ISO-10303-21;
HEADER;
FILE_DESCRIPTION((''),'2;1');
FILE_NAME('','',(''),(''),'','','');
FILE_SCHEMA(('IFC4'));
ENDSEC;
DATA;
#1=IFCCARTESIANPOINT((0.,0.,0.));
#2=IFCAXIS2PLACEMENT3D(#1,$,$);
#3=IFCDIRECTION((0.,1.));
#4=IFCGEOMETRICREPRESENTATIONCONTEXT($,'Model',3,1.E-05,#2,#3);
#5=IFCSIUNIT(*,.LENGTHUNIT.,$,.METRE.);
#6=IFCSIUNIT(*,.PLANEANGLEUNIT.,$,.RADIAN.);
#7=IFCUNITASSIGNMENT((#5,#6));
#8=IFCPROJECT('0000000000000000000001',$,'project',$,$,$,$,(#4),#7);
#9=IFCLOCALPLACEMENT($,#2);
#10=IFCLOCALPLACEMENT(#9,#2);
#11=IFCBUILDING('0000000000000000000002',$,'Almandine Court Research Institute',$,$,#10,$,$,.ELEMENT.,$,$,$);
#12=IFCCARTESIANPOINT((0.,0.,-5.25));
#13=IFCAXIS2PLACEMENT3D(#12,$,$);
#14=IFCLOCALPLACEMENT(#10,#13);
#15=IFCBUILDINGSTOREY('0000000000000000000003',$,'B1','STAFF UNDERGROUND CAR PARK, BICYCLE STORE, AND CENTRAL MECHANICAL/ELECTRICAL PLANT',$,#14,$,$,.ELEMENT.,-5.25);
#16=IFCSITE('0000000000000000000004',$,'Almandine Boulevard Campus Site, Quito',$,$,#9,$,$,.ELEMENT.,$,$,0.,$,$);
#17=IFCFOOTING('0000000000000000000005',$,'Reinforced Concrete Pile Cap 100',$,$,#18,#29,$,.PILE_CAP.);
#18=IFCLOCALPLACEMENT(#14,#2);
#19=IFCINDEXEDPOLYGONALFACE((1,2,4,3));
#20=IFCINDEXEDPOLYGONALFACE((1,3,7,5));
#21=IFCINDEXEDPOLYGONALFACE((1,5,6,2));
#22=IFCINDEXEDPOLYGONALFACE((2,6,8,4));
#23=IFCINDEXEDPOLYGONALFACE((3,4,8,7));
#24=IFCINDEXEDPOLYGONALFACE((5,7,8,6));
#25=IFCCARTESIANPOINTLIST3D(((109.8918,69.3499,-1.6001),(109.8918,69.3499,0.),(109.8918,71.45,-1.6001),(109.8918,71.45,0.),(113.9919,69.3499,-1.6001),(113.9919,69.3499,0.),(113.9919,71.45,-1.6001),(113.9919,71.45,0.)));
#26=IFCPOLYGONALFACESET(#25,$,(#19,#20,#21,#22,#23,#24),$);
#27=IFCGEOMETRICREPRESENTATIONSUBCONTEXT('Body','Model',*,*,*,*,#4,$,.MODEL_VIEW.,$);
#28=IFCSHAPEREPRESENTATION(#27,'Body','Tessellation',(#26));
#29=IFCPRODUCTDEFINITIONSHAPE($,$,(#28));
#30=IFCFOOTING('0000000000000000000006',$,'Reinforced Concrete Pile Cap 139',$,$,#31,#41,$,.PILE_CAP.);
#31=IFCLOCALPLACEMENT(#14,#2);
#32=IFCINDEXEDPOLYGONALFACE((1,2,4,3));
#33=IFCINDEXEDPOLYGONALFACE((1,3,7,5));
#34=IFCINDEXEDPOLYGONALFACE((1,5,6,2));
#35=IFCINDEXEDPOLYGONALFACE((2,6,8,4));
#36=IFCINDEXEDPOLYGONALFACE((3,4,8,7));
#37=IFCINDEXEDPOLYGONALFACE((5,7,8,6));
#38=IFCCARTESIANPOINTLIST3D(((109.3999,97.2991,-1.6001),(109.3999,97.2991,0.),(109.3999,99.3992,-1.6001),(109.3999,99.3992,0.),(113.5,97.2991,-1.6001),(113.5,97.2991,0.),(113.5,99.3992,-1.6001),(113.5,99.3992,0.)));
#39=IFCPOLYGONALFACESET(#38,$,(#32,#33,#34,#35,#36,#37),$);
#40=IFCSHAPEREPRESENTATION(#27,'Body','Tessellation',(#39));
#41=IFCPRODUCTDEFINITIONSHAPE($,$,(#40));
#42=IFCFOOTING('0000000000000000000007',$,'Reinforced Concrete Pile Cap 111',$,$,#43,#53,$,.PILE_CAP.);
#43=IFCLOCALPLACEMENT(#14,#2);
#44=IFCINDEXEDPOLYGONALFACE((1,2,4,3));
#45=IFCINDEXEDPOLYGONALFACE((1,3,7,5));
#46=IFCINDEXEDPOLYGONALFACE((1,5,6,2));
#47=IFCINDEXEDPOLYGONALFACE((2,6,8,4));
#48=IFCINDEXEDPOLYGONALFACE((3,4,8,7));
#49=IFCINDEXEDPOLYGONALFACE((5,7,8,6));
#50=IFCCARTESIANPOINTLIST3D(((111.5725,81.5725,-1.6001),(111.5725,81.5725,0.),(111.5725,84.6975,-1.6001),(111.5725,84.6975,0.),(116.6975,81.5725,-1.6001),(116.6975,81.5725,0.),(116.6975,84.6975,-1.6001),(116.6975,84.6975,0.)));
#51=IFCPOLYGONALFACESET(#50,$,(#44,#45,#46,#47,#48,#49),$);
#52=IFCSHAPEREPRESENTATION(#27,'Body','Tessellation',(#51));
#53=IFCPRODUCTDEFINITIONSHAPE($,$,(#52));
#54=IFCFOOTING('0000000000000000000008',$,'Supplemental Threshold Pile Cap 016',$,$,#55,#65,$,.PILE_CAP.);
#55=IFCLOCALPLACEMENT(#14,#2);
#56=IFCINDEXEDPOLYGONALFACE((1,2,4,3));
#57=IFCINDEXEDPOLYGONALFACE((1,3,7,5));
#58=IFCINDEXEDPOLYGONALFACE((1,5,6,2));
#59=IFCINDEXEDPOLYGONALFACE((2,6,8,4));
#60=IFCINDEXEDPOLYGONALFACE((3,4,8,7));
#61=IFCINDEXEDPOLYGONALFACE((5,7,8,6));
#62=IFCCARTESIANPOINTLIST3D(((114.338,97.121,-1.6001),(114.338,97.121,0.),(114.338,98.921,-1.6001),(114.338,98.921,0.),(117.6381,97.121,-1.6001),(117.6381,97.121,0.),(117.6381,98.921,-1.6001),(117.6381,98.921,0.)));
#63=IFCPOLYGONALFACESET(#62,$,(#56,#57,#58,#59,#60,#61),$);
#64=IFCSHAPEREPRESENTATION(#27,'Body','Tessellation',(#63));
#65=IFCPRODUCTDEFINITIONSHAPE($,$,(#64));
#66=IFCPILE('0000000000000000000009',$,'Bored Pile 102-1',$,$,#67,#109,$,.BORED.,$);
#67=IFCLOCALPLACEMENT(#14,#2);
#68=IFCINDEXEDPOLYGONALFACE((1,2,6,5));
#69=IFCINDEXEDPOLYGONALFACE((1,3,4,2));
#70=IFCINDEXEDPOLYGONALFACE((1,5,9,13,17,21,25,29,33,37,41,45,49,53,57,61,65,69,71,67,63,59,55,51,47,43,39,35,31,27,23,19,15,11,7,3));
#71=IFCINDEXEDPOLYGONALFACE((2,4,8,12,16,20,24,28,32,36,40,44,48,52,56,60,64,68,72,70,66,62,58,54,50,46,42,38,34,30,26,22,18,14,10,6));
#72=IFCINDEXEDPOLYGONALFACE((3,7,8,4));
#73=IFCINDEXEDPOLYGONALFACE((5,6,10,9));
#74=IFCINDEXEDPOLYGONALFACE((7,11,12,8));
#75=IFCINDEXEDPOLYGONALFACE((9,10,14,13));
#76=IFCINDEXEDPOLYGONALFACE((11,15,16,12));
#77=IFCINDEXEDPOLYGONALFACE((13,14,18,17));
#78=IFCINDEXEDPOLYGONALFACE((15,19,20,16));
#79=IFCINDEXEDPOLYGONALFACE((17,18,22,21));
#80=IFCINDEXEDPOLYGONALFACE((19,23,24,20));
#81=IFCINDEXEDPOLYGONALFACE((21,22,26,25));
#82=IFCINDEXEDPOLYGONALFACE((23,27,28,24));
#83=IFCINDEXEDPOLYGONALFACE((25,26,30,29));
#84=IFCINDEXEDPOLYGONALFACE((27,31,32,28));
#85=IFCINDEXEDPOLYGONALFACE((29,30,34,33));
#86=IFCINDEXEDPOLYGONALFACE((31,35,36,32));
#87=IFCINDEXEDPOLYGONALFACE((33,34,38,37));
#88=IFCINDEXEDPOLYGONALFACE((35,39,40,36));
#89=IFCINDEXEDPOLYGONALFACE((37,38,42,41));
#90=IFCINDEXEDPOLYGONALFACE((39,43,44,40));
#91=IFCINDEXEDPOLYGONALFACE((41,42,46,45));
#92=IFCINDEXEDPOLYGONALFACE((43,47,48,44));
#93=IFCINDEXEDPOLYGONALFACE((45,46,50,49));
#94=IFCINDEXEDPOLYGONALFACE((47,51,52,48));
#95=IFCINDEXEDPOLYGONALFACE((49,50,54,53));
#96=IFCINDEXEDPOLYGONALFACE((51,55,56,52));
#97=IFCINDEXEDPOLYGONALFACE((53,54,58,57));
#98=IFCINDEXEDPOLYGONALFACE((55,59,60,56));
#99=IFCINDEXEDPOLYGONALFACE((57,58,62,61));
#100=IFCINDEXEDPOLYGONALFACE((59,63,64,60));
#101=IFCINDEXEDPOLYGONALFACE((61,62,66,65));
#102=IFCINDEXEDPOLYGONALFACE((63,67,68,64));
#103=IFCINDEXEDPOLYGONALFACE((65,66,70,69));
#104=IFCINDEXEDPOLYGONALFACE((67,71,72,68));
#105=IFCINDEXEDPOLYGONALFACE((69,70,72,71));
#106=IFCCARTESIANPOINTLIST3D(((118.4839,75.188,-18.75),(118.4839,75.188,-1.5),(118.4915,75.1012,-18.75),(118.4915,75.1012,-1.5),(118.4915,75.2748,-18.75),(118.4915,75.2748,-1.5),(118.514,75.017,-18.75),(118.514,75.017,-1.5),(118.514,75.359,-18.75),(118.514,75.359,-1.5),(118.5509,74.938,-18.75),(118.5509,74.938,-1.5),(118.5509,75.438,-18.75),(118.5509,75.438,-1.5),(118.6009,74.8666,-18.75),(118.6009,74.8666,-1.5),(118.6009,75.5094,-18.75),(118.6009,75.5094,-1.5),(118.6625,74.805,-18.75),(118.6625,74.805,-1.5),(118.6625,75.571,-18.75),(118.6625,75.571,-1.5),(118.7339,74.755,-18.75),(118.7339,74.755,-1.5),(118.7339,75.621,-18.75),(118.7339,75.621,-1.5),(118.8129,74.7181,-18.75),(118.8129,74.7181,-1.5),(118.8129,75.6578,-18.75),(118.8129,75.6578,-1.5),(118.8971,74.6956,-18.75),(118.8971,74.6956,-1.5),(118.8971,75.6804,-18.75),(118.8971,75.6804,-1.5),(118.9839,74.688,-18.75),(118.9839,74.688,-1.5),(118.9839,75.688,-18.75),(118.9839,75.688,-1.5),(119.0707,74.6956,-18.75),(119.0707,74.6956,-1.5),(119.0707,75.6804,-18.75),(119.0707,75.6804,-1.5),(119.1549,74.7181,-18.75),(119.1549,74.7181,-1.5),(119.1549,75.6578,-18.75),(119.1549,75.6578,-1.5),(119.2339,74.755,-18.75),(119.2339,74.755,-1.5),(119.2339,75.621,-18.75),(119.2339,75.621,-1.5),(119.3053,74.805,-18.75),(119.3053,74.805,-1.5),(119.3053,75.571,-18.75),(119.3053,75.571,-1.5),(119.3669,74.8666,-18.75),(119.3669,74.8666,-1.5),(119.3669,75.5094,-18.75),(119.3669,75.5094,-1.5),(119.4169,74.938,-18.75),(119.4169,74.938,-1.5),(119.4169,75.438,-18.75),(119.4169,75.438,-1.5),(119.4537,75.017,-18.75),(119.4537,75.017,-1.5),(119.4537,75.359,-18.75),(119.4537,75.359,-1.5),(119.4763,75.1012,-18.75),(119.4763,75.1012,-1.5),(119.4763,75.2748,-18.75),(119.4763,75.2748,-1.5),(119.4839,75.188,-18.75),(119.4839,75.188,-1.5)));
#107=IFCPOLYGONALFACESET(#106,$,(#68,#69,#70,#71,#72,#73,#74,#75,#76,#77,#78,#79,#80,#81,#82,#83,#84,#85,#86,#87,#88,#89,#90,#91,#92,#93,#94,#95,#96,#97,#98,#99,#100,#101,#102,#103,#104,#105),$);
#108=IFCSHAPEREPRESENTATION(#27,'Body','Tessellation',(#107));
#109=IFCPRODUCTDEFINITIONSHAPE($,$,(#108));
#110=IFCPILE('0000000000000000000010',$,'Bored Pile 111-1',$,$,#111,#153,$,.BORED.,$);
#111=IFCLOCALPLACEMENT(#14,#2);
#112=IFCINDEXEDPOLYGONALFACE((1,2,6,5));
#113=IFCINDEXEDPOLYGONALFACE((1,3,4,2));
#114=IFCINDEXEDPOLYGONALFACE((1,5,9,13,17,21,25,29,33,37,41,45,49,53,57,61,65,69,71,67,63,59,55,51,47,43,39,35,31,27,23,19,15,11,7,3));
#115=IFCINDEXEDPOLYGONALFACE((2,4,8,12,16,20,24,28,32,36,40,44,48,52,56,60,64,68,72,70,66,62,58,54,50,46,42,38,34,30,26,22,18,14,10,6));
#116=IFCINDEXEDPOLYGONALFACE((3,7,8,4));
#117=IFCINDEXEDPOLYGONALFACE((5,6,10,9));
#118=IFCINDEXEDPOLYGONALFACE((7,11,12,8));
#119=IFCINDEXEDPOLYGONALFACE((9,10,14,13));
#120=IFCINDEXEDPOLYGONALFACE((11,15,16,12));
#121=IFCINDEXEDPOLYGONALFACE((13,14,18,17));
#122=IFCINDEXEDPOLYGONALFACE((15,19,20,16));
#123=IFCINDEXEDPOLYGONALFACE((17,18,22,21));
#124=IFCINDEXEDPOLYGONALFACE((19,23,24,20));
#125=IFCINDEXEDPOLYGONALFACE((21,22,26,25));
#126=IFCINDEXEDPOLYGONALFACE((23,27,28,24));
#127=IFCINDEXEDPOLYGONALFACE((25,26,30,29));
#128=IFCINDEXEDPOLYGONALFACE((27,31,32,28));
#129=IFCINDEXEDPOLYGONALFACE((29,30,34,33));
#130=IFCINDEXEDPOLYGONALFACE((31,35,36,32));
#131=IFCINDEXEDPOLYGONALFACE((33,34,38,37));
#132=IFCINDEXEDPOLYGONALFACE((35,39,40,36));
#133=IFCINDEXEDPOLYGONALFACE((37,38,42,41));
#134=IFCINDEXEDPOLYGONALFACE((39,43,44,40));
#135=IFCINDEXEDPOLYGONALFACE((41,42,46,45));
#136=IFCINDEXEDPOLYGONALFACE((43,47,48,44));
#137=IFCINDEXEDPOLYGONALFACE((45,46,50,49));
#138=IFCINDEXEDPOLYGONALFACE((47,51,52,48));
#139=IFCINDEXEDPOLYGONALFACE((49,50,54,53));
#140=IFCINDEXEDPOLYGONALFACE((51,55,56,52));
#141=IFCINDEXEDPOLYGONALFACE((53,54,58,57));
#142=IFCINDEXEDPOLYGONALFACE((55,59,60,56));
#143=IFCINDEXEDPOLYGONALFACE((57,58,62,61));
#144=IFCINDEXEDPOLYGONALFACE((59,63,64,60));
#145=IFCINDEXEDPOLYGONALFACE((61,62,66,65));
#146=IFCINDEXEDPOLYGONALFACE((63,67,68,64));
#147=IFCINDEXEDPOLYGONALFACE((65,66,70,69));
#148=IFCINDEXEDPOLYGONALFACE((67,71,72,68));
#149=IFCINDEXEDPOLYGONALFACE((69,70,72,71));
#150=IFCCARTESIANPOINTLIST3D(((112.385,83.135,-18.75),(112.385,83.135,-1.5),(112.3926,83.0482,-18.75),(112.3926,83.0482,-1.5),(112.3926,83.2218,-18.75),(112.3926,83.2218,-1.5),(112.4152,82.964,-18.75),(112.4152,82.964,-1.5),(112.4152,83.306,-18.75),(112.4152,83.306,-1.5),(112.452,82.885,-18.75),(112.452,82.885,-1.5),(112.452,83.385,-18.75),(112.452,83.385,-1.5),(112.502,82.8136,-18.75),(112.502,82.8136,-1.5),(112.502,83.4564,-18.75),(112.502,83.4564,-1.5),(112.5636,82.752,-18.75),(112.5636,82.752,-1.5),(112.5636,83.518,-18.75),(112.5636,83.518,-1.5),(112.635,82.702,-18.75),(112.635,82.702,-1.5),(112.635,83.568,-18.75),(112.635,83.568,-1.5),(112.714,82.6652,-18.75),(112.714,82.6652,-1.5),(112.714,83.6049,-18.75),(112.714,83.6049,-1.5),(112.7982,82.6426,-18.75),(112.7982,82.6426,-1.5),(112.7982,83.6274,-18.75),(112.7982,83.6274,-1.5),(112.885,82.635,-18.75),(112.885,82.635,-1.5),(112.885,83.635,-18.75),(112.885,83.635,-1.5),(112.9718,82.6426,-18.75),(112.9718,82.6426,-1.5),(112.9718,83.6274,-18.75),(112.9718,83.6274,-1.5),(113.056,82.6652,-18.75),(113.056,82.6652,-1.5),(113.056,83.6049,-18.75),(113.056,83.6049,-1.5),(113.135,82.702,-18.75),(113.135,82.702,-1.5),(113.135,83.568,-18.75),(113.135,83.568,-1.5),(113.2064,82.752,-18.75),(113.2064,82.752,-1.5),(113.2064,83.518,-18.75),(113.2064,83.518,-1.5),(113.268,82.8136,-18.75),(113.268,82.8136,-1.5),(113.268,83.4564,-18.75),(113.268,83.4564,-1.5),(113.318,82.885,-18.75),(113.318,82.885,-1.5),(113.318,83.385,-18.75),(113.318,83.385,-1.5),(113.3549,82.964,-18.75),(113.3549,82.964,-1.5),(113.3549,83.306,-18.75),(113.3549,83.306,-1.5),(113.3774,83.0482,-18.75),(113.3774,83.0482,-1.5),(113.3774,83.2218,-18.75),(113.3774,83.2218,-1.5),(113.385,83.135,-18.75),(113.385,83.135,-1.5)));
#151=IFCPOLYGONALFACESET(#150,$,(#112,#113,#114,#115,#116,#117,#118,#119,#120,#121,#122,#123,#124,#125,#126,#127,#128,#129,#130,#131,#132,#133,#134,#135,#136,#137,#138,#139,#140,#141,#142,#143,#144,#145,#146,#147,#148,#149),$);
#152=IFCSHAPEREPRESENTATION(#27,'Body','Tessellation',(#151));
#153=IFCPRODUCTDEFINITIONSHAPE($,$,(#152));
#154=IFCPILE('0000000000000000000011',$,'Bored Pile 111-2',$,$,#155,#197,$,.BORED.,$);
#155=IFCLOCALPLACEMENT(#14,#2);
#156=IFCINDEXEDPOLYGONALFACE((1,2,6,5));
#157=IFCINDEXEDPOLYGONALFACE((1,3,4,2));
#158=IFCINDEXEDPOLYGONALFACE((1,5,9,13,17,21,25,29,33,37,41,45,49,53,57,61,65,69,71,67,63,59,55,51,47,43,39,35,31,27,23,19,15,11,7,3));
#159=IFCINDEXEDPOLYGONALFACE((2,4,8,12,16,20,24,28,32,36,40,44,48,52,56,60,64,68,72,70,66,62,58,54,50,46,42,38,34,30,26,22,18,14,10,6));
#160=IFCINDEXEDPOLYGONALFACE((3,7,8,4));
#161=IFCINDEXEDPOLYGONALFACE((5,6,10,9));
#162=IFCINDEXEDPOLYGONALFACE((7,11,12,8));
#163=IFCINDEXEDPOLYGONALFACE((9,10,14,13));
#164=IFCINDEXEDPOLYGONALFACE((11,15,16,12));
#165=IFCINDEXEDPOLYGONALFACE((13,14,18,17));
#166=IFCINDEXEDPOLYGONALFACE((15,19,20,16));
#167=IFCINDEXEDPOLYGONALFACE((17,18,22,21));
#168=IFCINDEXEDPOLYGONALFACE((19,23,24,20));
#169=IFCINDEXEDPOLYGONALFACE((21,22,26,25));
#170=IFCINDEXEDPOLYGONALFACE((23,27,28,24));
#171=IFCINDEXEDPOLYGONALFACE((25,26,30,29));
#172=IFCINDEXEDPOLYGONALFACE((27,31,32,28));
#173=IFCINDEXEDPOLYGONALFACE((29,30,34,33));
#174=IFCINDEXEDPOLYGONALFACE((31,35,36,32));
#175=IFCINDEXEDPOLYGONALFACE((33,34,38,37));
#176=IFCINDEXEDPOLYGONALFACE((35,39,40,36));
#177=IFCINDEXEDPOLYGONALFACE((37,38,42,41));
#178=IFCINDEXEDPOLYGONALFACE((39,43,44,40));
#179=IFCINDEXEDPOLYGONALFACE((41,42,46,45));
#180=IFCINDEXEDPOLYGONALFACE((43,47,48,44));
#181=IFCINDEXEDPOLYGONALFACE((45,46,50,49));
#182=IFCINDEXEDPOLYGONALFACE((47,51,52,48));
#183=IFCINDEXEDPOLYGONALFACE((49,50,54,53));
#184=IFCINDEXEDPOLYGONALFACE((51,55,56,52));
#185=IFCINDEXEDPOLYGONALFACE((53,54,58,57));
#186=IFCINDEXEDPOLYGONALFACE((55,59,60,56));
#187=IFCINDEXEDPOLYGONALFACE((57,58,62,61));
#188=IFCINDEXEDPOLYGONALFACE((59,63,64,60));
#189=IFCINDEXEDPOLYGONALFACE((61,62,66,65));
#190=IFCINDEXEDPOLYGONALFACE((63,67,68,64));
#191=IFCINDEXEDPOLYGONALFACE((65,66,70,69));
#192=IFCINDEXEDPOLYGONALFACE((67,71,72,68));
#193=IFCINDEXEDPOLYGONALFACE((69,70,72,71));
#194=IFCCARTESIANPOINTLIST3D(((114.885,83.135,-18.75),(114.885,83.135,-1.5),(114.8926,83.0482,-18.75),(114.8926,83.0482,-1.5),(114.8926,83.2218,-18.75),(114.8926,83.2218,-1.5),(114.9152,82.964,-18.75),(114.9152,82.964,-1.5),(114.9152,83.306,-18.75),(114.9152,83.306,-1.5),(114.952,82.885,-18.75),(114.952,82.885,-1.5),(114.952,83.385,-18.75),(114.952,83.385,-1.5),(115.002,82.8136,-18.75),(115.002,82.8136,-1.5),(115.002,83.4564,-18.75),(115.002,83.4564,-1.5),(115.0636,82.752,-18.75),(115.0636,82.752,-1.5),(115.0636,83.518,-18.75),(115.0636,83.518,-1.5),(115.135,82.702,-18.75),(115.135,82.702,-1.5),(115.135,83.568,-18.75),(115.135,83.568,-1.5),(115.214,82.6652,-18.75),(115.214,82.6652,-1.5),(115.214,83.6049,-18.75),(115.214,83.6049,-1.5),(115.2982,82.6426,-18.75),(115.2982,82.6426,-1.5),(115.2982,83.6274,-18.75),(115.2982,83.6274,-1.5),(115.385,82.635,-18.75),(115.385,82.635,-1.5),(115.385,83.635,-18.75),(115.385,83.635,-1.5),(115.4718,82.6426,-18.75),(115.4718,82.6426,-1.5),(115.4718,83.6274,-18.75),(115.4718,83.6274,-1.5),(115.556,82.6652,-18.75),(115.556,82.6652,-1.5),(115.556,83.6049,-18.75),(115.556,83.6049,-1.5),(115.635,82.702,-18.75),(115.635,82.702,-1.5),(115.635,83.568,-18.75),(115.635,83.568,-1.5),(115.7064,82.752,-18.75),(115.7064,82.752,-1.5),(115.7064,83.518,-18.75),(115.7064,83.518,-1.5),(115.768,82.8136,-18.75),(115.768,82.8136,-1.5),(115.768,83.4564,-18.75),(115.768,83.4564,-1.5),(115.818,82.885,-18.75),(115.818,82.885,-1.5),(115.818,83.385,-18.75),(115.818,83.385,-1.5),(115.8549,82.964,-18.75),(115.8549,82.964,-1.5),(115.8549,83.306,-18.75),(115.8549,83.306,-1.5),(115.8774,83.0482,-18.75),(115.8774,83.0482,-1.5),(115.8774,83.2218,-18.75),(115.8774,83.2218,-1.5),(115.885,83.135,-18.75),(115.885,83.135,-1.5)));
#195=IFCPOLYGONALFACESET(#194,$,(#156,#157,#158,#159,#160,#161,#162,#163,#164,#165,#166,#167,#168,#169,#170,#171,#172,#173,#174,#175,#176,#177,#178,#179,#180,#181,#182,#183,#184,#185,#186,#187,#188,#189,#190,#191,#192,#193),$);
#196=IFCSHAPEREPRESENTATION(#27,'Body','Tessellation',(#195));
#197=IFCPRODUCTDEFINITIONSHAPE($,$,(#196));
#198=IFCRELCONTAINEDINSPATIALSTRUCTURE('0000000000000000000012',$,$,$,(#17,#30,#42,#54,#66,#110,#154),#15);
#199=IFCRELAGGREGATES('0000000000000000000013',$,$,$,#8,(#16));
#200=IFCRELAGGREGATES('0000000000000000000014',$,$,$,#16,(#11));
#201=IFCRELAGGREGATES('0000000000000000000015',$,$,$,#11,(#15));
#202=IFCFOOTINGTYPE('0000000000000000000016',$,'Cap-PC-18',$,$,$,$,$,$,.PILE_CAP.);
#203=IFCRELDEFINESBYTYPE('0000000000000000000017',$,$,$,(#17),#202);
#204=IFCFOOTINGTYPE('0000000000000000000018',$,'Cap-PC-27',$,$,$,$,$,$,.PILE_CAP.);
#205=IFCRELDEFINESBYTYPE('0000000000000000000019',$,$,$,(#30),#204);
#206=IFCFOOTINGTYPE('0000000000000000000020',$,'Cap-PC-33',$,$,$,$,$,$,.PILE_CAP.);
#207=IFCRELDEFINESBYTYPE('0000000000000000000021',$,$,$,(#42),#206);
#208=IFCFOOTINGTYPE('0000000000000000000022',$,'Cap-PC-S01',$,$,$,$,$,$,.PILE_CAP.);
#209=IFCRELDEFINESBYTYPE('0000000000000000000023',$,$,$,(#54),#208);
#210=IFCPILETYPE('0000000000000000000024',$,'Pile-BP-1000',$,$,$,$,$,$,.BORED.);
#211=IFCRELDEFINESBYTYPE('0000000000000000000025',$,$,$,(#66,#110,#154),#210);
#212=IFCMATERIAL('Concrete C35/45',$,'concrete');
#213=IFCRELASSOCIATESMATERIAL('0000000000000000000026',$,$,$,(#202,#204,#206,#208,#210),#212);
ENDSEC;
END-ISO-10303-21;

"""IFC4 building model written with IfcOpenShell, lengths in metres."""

from ifc_helpers import new_model, si_unit, direction, frame, origin, origin_2d, place, context, subcontext, project, spatial, rectangle, circle, extrude, material, material_profile, profile_set, type_object, element, save


model = new_model("IFC4")

# Units and contexts
model_context = context("Model", 3, precision=1e-05, world=origin(), true_north=direction((0.0, 1.0)))
body_context = subcontext(model_context, "Body", "Model", "MODEL_VIEW")
ifc_project = project(units=[si_unit("LENGTHUNIT", "METRE"), si_unit("PLANEANGLEUNIT", "RADIAN")], contexts=[model_context])

# Site, building, storey
site_placement = place(None, origin())
site = spatial("IfcSite", under=ifc_project, at=site_placement, Name="Almandine Boulevard Campus Site, Quito", CompositionType="ELEMENT", RefElevation=0.0)
building_placement = place(site_placement, origin())
building = spatial("IfcBuilding", under=site, at=building_placement, Name="Almandine Court Research Institute", CompositionType="ELEMENT")
storey_placement = place(building_placement, frame((0.0, 0.0, -5.25)))
storey = spatial("IfcBuildingStorey", under=building, at=storey_placement, Name="B1", Description="STAFF UNDERGROUND CAR PARK, BICYCLE STORE, AND CENTRAL MECHANICAL/ELECTRICAL PLANT", CompositionType="ELEMENT", Elevation=-5.25)

# Footings
ifc_material_1 = material(Name="Concrete C35/45", Category="concrete")
footing_type_1 = type_object("IfcFootingType", Name="Cap-PC-18", PredefinedType="PILE_CAP", material=ifc_material_1)
footing_1_placement = place(storey_placement, frame((111.9419, 70.3999, -1.6001), z_axis=(0.0, 0.0, 1.0), x_axis=(1.0, 0.0, 0.0)))
element("IfcFooting", 1, at=footing_1_placement, inside=storey, type_object=footing_type_1, Name="Reinforced Concrete Pile Cap 100", PredefinedType="PILE_CAP", context=body_context, shape_type="SweptSolid", body=[
    extrude(rectangle(XDim=4.1001, YDim=2.1001, at=origin_2d()), origin(), (0.0, 0.0, 1.0), 1.6001),
])
footing_type_2 = type_object("IfcFootingType", Name="Cap-PC-27", PredefinedType="PILE_CAP", material=ifc_material_1)
footing_2_placement = place(storey_placement, frame((111.45, 98.3491, -1.6001), z_axis=(0.0, 0.0, 1.0), x_axis=(1.0, 0.0, 0.0)))
element("IfcFooting", 2, at=footing_2_placement, inside=storey, type_object=footing_type_2, Name="Reinforced Concrete Pile Cap 139", PredefinedType="PILE_CAP", context=body_context, shape_type="SweptSolid", body=[
    extrude(rectangle(XDim=4.1001, YDim=2.1001, at=origin_2d()), origin(), (0.0, 0.0, 1.0), 1.6001),
])
footing_type_3 = type_object("IfcFootingType", Name="Cap-PC-33", PredefinedType="PILE_CAP", material=ifc_material_1)
footing_3_placement = place(storey_placement, frame((114.135, 83.135, -1.6001), z_axis=(0.0, 0.0, 1.0), x_axis=(1.0, 0.0, 0.0)))
element("IfcFooting", 3, at=footing_3_placement, inside=storey, type_object=footing_type_3, Name="Reinforced Concrete Pile Cap 111", PredefinedType="PILE_CAP", context=body_context, shape_type="SweptSolid", body=[
    extrude(rectangle(XDim=5.125, YDim=3.125, at=origin_2d()), origin(), (0.0, 0.0, 1.0), 1.6001),
])
footing_type_4 = type_object("IfcFootingType", Name="Cap-PC-S01", PredefinedType="PILE_CAP", material=ifc_material_1)
footing_4_placement = place(storey_placement, frame((115.988, 98.021, -1.6001), z_axis=(0.0, 0.0, 1.0), x_axis=(1.0, 0.0, 0.0)))
element("IfcFooting", 4, at=footing_4_placement, inside=storey, type_object=footing_type_4, Name="Supplemental Threshold Pile Cap 016", PredefinedType="PILE_CAP", context=body_context, shape_type="SweptSolid", body=[
    extrude(rectangle(XDim=3.3, YDim=1.8, at=origin_2d()), origin(), (0.0, 0.0, 1.0), 1.6001),
])

# Piles
ifc_material_profile_1 = material_profile(ifc_material_1, circle(Radius=0.5, at=origin_2d()), Name="BORED PILE D1000")
ifc_profile_set_1 = profile_set([ifc_material_profile_1], Name="Concrete C35/45")
pile_type_1 = type_object("IfcPileType", Name="Pile-BP-1000", PredefinedType="BORED", material=ifc_profile_set_1)
for number, where, z_axis, x_axis, name in (
    (5, (118.9839, 75.188, -1.5), (0.0, 0.0, -1.0), (1.0, 0.0, 0.0), "Bored Pile 102-1"),
    (6, (112.885, 83.135, -1.5), (0.0, 0.0, -1.0), (1.0, 0.0, 0.0), "Bored Pile 111-1"),
    (7, (115.385, 83.135, -1.5), (0.0, 0.0, -1.0), (1.0, 0.0, 0.0), "Bored Pile 111-2"),
):
    element("IfcPile", number, at=place(storey_placement, frame(where, z_axis=z_axis, x_axis=x_axis)), inside=storey, type_object=pile_type_1, Name=name, PredefinedType="BORED", context=body_context, shape_type="SweptSolid", body=[
        extrude(circle(Radius=0.5, at=origin_2d()), origin(), (0.0, 0.0, 1.0), 17.25),
    ])

save(model, "model.ifc")
